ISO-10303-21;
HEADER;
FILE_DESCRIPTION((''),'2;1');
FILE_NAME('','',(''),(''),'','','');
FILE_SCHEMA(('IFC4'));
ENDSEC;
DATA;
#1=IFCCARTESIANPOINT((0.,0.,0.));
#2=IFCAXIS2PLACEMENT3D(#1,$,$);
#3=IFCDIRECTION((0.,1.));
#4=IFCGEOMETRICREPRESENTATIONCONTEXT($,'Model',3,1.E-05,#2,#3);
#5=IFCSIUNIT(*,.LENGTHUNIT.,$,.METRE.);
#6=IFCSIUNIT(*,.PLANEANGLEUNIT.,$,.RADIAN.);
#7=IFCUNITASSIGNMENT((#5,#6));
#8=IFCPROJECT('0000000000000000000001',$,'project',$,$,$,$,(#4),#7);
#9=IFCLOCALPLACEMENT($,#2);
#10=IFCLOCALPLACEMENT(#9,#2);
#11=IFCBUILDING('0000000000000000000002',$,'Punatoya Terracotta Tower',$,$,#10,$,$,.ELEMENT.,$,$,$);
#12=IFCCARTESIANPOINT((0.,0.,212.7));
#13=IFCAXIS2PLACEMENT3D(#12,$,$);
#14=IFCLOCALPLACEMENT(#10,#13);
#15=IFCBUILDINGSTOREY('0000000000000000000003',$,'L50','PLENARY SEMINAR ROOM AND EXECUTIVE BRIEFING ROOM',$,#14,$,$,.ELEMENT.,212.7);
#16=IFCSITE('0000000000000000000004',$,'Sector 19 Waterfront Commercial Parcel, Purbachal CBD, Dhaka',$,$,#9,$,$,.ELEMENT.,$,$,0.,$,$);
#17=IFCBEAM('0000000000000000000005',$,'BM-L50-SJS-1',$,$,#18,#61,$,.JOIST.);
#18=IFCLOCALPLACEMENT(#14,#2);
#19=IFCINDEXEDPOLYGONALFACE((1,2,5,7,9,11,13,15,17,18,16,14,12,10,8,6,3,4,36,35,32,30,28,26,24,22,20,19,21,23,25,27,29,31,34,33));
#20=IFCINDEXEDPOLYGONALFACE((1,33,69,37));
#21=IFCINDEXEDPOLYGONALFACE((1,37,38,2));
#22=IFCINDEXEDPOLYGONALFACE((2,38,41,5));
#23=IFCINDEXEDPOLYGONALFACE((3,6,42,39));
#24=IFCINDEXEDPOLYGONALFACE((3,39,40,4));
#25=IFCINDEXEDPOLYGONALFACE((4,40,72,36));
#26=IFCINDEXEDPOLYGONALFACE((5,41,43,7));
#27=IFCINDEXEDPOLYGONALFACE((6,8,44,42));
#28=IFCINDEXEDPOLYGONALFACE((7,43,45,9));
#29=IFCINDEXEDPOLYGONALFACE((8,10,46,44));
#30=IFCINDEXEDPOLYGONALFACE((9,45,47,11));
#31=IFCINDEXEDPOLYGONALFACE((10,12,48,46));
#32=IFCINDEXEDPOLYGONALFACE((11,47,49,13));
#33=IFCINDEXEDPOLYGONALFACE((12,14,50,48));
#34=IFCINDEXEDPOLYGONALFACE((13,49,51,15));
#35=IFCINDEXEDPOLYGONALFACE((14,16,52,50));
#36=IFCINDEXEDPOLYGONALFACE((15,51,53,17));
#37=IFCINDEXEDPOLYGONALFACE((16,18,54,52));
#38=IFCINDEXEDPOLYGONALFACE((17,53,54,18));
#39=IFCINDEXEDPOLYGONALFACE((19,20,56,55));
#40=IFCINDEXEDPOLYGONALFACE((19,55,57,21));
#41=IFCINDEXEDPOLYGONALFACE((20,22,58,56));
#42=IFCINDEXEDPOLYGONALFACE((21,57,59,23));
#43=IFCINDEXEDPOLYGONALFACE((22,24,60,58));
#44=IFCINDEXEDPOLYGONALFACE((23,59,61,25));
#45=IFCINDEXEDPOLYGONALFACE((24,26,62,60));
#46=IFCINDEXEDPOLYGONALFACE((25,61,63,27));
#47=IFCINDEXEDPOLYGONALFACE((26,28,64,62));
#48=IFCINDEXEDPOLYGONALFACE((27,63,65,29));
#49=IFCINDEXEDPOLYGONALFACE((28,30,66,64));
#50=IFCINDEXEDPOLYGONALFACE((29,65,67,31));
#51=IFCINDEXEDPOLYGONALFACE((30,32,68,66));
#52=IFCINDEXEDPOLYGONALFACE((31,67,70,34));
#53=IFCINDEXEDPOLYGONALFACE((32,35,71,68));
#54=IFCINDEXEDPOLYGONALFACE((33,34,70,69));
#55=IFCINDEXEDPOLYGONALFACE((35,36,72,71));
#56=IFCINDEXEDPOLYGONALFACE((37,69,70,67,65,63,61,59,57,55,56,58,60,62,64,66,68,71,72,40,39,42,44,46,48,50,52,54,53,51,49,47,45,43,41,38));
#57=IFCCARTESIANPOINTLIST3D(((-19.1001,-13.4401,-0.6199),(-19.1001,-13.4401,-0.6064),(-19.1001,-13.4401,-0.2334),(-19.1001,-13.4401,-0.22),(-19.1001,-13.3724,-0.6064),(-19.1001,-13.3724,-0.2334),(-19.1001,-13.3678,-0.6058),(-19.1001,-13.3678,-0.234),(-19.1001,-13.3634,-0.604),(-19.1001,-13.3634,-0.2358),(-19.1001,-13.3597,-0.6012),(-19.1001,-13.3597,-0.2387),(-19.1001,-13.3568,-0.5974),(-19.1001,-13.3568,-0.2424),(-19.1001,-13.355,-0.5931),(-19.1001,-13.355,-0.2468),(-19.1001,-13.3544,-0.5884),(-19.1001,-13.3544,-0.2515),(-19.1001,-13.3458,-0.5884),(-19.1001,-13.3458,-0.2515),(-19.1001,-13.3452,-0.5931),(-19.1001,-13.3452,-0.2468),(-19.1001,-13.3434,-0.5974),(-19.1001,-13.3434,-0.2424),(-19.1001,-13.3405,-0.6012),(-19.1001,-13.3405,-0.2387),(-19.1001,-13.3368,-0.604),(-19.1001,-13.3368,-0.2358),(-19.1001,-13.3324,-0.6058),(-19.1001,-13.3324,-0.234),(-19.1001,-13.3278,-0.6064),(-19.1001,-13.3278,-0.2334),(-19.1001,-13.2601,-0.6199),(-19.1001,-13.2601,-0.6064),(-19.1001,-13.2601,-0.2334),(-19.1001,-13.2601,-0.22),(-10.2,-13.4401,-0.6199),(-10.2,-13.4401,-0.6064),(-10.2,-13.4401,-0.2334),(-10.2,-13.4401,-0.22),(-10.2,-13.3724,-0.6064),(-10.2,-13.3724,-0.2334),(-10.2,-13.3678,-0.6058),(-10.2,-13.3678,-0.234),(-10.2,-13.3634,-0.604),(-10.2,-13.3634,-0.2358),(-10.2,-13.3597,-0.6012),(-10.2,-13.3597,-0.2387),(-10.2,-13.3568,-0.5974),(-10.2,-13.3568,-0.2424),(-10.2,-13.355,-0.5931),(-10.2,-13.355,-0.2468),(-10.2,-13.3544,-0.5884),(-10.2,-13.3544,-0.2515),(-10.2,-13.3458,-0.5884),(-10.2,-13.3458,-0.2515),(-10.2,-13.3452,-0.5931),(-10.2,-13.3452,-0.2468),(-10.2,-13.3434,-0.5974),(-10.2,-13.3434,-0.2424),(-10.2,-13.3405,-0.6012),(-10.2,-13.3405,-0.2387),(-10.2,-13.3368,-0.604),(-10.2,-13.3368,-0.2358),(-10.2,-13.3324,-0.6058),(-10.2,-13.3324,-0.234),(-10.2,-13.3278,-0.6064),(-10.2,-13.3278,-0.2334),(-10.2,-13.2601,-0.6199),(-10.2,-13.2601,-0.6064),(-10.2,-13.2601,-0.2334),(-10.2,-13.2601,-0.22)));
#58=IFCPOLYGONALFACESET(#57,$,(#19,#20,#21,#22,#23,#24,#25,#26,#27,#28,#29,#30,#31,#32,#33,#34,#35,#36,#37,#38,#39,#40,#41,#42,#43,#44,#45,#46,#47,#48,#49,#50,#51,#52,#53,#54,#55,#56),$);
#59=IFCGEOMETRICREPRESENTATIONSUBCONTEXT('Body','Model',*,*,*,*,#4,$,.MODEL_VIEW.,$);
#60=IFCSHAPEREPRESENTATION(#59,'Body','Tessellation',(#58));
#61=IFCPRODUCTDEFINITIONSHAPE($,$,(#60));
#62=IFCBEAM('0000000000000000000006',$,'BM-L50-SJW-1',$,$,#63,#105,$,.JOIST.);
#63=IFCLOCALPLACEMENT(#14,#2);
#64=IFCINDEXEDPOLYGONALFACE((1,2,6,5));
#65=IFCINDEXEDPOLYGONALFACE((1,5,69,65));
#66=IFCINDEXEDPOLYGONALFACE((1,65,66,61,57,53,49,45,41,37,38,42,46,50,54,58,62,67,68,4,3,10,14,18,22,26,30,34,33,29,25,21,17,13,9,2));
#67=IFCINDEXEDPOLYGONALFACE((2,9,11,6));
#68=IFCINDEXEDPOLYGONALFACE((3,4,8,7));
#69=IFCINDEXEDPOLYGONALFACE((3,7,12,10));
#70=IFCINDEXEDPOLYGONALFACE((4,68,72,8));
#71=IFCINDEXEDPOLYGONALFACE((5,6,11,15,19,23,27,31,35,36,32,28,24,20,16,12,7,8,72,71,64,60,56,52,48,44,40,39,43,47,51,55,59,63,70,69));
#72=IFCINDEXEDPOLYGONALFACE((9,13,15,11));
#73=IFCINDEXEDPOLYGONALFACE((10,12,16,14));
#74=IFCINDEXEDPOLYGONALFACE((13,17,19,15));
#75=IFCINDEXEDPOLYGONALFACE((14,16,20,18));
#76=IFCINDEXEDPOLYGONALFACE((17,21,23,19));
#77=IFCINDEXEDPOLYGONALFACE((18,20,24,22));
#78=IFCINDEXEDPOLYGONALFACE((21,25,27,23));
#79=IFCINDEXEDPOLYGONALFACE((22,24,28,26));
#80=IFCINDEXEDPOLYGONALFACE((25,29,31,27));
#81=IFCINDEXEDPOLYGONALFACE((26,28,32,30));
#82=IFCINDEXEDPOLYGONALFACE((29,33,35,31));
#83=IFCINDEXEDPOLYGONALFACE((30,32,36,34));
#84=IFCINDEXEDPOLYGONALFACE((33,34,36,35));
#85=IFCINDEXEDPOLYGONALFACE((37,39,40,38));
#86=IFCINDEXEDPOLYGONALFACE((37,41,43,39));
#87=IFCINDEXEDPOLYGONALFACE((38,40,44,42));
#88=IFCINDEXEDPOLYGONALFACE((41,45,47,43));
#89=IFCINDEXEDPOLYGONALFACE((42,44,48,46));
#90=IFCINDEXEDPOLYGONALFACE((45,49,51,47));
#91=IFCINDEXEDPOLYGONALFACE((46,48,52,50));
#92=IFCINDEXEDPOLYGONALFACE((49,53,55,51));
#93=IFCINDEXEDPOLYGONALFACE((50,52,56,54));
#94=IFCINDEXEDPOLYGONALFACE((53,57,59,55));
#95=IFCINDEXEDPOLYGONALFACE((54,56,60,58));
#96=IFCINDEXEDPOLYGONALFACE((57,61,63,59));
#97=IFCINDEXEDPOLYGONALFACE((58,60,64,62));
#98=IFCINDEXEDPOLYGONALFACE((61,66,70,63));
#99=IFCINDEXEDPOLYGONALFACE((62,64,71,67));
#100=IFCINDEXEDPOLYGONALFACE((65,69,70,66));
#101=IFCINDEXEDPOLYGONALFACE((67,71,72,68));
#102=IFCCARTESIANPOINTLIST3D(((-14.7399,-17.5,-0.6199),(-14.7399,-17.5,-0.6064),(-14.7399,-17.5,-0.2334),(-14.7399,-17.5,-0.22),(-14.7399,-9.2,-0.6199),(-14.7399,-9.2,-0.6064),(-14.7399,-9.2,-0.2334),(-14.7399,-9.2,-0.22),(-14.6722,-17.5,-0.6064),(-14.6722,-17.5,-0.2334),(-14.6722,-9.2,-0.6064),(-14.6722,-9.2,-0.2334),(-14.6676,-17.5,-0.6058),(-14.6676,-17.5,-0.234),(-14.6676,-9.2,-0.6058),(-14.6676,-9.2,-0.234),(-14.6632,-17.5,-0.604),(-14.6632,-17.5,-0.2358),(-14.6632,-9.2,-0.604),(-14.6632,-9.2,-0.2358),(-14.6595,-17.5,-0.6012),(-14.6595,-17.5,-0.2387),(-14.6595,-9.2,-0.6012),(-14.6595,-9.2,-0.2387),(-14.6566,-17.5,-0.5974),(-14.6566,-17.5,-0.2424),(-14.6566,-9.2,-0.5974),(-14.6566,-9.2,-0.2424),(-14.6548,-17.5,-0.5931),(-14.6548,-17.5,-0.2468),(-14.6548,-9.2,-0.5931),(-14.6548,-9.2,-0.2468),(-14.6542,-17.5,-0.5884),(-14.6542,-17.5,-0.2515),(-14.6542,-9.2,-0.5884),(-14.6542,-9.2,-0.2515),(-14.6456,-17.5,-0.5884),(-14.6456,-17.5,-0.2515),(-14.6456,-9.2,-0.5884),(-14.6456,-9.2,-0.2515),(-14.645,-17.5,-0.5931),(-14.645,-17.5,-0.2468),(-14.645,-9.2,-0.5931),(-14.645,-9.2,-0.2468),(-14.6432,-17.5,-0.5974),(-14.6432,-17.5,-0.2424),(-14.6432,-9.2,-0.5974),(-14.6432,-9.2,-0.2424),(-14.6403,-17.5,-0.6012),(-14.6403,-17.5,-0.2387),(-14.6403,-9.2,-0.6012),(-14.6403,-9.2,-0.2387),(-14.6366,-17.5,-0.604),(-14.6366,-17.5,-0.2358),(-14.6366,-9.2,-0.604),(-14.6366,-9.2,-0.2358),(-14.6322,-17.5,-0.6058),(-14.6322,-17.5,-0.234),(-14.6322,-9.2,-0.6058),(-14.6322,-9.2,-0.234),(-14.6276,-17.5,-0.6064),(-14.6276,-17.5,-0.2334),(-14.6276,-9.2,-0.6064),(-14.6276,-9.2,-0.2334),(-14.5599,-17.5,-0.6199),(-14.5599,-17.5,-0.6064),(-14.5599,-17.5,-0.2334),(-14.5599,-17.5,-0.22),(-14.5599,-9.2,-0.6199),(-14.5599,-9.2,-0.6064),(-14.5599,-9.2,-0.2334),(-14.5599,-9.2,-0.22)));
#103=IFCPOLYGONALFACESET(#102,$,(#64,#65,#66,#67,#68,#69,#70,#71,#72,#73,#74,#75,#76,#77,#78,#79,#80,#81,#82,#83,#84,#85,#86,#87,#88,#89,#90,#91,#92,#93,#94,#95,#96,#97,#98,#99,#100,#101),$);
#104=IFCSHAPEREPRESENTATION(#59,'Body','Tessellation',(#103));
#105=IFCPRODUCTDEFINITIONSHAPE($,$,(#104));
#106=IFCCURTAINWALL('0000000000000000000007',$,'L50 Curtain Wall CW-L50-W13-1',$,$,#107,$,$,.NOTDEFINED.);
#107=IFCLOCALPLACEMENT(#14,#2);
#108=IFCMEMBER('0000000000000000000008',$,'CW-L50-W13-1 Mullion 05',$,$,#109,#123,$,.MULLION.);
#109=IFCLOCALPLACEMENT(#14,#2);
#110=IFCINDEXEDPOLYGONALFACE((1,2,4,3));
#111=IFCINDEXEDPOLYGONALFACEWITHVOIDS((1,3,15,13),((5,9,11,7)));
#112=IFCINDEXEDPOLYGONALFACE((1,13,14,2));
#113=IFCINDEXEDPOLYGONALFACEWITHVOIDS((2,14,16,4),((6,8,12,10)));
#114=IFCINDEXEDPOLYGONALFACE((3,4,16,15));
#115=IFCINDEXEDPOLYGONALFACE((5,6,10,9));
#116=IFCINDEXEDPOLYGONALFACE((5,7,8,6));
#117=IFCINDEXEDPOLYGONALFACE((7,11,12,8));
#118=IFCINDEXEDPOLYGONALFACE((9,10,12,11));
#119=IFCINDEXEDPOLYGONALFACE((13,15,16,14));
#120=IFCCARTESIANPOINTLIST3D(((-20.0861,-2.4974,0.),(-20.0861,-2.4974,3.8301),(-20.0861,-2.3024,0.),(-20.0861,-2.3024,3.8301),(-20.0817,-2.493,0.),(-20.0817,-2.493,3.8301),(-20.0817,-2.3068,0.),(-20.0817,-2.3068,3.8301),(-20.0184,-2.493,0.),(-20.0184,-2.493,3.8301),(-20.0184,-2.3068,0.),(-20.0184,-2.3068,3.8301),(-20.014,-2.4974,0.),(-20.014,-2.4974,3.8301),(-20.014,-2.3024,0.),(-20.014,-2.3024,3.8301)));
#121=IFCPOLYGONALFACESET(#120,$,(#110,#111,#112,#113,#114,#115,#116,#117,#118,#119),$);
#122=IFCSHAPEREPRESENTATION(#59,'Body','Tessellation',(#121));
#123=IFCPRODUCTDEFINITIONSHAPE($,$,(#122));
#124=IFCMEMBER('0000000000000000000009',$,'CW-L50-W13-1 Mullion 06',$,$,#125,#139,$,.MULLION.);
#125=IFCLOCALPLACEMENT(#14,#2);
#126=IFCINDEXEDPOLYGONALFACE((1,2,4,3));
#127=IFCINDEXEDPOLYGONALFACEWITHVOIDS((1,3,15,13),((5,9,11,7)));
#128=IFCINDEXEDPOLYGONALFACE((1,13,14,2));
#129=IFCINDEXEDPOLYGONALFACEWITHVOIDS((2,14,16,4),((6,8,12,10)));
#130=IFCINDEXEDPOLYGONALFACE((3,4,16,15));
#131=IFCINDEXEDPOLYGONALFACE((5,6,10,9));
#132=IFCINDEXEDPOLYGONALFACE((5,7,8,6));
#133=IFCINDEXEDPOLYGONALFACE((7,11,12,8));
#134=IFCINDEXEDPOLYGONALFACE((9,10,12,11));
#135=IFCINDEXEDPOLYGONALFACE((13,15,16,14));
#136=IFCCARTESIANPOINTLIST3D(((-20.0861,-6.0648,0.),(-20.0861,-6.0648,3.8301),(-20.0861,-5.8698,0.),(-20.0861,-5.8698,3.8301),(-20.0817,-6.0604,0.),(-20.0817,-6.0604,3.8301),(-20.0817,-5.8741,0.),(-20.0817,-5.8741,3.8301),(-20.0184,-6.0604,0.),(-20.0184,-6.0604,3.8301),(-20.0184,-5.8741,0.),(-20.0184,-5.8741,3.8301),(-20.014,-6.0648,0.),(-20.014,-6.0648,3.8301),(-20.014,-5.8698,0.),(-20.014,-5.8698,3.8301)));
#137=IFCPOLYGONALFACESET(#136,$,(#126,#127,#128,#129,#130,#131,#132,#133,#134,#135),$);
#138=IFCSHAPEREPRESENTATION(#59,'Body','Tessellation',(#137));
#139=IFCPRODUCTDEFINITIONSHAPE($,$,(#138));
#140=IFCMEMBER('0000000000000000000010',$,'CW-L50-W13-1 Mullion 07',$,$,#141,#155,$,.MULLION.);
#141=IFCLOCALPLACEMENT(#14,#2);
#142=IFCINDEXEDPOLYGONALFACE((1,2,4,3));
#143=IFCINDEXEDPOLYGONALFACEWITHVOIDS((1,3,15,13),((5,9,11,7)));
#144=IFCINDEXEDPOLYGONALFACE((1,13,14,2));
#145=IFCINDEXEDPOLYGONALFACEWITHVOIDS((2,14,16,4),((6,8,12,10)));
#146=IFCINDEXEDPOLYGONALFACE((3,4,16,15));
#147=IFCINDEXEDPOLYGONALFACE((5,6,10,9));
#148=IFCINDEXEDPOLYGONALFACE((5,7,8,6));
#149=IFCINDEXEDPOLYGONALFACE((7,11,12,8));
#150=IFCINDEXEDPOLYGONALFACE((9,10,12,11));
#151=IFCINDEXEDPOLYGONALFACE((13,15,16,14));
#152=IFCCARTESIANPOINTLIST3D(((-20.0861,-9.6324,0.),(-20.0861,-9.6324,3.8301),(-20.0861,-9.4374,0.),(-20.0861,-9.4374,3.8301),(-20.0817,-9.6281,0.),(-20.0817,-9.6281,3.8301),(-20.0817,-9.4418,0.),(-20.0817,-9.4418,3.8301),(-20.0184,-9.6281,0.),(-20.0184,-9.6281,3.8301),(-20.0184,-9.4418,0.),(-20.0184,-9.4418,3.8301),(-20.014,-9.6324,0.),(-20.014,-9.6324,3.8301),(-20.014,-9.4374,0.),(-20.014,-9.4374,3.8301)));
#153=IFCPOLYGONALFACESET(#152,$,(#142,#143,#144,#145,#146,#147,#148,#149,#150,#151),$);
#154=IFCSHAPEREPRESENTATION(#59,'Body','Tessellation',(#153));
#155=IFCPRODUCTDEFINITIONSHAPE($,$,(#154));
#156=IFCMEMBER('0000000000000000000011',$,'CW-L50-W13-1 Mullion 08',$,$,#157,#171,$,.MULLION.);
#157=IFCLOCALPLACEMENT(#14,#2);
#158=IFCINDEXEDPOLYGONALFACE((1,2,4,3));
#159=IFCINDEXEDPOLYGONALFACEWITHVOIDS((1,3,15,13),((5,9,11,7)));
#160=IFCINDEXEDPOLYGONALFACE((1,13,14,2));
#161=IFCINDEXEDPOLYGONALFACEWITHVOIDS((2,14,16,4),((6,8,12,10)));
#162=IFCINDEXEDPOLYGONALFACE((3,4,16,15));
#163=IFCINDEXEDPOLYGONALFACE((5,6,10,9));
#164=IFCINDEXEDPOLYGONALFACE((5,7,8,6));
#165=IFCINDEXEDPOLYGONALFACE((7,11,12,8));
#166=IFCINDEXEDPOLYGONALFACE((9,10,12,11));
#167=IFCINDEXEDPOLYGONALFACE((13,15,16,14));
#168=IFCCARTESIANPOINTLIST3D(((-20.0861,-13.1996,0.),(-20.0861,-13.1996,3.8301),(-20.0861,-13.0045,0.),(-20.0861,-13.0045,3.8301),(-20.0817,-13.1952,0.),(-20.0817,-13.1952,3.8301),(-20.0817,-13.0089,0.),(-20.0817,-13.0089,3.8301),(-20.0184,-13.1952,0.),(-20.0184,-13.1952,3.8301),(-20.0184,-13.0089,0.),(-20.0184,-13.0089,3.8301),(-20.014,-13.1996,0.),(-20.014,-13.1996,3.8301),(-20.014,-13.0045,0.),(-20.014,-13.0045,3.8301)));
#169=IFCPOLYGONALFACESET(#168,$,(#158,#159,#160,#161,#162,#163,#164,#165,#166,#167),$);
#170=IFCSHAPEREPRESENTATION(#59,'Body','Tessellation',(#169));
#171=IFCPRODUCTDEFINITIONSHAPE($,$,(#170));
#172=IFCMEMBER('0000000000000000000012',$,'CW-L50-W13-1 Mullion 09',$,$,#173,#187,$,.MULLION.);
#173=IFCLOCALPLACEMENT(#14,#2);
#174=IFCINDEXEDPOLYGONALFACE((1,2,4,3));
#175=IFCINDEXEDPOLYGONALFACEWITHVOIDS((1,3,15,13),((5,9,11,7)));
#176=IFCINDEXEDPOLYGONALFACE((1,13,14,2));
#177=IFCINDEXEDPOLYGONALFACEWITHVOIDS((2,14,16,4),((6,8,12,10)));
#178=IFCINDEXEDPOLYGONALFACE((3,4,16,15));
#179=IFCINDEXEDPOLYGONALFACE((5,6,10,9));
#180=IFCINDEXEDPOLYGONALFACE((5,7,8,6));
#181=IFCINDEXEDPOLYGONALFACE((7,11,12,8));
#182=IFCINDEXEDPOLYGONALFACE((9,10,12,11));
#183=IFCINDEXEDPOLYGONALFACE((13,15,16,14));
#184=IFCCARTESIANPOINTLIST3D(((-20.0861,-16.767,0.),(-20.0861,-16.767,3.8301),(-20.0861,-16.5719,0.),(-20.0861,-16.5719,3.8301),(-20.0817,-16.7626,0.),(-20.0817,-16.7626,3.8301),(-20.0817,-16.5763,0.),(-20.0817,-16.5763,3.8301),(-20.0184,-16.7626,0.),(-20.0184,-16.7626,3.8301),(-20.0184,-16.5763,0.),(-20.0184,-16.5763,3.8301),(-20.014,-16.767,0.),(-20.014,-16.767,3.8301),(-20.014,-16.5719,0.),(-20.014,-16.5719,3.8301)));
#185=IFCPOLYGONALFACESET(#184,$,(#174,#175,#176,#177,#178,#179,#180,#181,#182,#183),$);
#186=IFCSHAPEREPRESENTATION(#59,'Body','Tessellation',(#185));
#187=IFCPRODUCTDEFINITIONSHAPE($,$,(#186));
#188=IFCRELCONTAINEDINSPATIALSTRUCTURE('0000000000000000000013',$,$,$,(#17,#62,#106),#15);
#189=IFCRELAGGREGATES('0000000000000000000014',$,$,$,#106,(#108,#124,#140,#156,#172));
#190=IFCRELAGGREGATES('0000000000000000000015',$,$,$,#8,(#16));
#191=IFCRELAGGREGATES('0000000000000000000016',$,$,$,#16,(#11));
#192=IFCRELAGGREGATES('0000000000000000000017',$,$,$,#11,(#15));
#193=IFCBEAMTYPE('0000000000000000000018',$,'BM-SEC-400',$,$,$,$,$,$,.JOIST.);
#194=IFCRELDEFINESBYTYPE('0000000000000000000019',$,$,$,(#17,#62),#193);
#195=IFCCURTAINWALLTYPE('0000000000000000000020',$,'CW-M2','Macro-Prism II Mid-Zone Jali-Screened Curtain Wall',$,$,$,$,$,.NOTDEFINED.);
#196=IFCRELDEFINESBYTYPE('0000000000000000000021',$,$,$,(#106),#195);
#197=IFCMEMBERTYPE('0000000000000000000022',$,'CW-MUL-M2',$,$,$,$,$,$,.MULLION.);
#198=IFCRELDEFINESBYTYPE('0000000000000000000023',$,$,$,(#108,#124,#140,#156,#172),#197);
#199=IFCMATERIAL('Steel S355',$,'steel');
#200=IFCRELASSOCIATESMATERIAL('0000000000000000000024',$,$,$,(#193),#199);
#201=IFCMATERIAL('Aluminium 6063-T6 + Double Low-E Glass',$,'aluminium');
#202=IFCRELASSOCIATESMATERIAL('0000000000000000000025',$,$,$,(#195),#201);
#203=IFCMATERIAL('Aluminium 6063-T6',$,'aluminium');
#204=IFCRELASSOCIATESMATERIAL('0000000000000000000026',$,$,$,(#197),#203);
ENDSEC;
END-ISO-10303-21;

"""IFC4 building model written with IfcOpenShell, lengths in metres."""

from ifc_helpers import new_model, si_unit, direction, frame, origin, origin_2d, place, context, subcontext, project, spatial, hollow_rectangle, i_section, extrude, material, material_profile, profile_set, type_object, element, aggregate, save


model = new_model("IFC4")

# Units and contexts
model_context = context("Model", 3, precision=1e-05, world=origin(), true_north=direction((0.0, 1.0)))
body_context = subcontext(model_context, "Body", "Model", "MODEL_VIEW")
ifc_project = project(units=[si_unit("LENGTHUNIT", "METRE"), si_unit("PLANEANGLEUNIT", "RADIAN")], contexts=[model_context])

# Site, building, storey
site_placement = place(None, origin())
site = spatial("IfcSite", under=ifc_project, at=site_placement, Name="Sector 19 Waterfront Commercial Parcel, Purbachal CBD, Dhaka", CompositionType="ELEMENT", RefElevation=0.0)
building_placement = place(site_placement, origin())
building = spatial("IfcBuilding", under=site, at=building_placement, Name="Punatoya Terracotta Tower", CompositionType="ELEMENT")
storey_placement = place(building_placement, frame((0.0, 0.0, 212.7)))
storey = spatial("IfcBuildingStorey", under=building, at=storey_placement, Name="L50", Description="PLENARY SEMINAR ROOM AND EXECUTIVE BRIEFING ROOM", CompositionType="ELEMENT", Elevation=212.7)

# Beams
ifc_material_1 = material(Name="Steel S355", Category="steel")
ifc_material_profile_1 = material_profile(ifc_material_1, i_section(OverallWidth=0.1799, OverallDepth=0.3999, WebThickness=0.0085, FlangeThickness=0.0134, FilletRadius=0.0181, at=origin_2d()))
ifc_profile_set_1 = profile_set([ifc_material_profile_1], Name="Steel S355")
beam_type_1 = type_object("IfcBeamType", Name="BM-SEC-400", PredefinedType="JOIST", material=ifc_profile_set_1)
beam_1_placement = place(storey_placement, frame((-19.1001, -13.3501, -0.4199), z_axis=(1.0, 0.0, 0.0), x_axis=(0.0, 1.0, 0.0)))
element("IfcBeam", 1, at=beam_1_placement, inside=storey, type_object=beam_type_1, Name="BM-L50-SJS-1", PredefinedType="JOIST", context=body_context, shape_type="SweptSolid", body=[
    extrude(i_section(OverallWidth=0.1799, OverallDepth=0.3999, WebThickness=0.0085, FlangeThickness=0.0134, FilletRadius=0.0181, at=origin_2d()), origin(), (0.0, 0.0, 1.0), 8.9001),
])
beam_2_placement = place(storey_placement, frame((-14.6499, -17.5, -0.4199), z_axis=(0.0, 1.0, 0.0), x_axis=(-1.0, 0.0, 0.0)))
element("IfcBeam", 2, at=beam_2_placement, inside=storey, type_object=beam_type_1, Name="BM-L50-SJW-1", PredefinedType="JOIST", context=body_context, shape_type="SweptSolid", body=[
    extrude(i_section(OverallWidth=0.1799, OverallDepth=0.3999, WebThickness=0.0085, FlangeThickness=0.0134, FilletRadius=0.0181, at=origin_2d()), origin(), (0.0, 0.0, 1.0), 8.3),
])

# Curtain wall, members
ifc_material_2 = material(Name="Aluminium 6063-T6 + Double Low-E Glass", Category="aluminium")
curtain_wall_type = type_object("IfcCurtainWallType", Name="CW-M2", Description="Macro-Prism II Mid-Zone Jali-Screened Curtain Wall", PredefinedType="NOTDEFINED", material=ifc_material_2)
curtain_wall_placement = place(storey_placement, origin())
curtain_wall = element("IfcCurtainWall", 3, at=curtain_wall_placement, inside=storey, type_object=curtain_wall_type, Name="L50 Curtain Wall CW-L50-W13-1", PredefinedType="NOTDEFINED")
ifc_material_3 = material(Name="Aluminium 6063-T6", Category="aluminium")
ifc_material_profile_2 = material_profile(ifc_material_3, hollow_rectangle(XDim=0.072, YDim=0.1951, WallThickness=0.0044, at=origin_2d()))
ifc_profile_set_2 = profile_set([ifc_material_profile_2], Name="Aluminium 6063-T6")
member_type = type_object("IfcMemberType", Name="CW-MUL-M2", PredefinedType="MULLION", material=ifc_profile_set_2)
member_1_placement = place(storey_placement, frame((-20.05, -2.3999, 0.0), z_axis=(0.0, 0.0, 1.0), x_axis=(1.0, 0.0, 0.0)))
member_1 = element("IfcMember", 4, at=member_1_placement, type_object=member_type, Name="CW-L50-W13-1 Mullion 05", PredefinedType="MULLION", context=body_context, shape_type="SweptSolid", body=[
    extrude(hollow_rectangle(XDim=0.072, YDim=0.1951, WallThickness=0.0044, at=origin_2d()), origin(), (0.0, 0.0, 1.0), 3.8301),
])
member_2_placement = place(storey_placement, frame((-20.05, -5.9673, 0.0), z_axis=(0.0, 0.0, 1.0), x_axis=(1.0, 0.0, 0.0)))
member_2 = element("IfcMember", 5, at=member_2_placement, type_object=member_type, Name="CW-L50-W13-1 Mullion 06", PredefinedType="MULLION", context=body_context, shape_type="SweptSolid", body=[
    extrude(hollow_rectangle(XDim=0.072, YDim=0.1951, WallThickness=0.0044, at=origin_2d()), origin(), (0.0, 0.0, 1.0), 3.8301),
])
member_3_placement = place(storey_placement, frame((-20.05, -9.5349, 0.0), z_axis=(0.0, 0.0, 1.0), x_axis=(1.0, 0.0, 0.0)))
member_3 = element("IfcMember", 6, at=member_3_placement, type_object=member_type, Name="CW-L50-W13-1 Mullion 07", PredefinedType="MULLION", context=body_context, shape_type="SweptSolid", body=[
    extrude(hollow_rectangle(XDim=0.072, YDim=0.1951, WallThickness=0.0044, at=origin_2d()), origin(), (0.0, 0.0, 1.0), 3.8301),
])
member_4_placement = place(storey_placement, frame((-20.05, -13.1021, 0.0), z_axis=(0.0, 0.0, 1.0), x_axis=(1.0, 0.0, 0.0)))
member_4 = element("IfcMember", 7, at=member_4_placement, type_object=member_type, Name="CW-L50-W13-1 Mullion 08", PredefinedType="MULLION", context=body_context, shape_type="SweptSolid", body=[
    extrude(hollow_rectangle(XDim=0.072, YDim=0.1951, WallThickness=0.0044, at=origin_2d()), origin(), (0.0, 0.0, 1.0), 3.8301),
])
member_5_placement = place(storey_placement, frame((-20.05, -16.6694, 0.0), z_axis=(0.0, 0.0, 1.0), x_axis=(1.0, 0.0, 0.0)))
member_5 = element("IfcMember", 8, at=member_5_placement, type_object=member_type, Name="CW-L50-W13-1 Mullion 09", PredefinedType="MULLION", context=body_context, shape_type="SweptSolid", body=[
    extrude(hollow_rectangle(XDim=0.072, YDim=0.1951, WallThickness=0.0044, at=origin_2d()), origin(), (0.0, 0.0, 1.0), 3.8301),
])
aggregate(curtain_wall, [member_1, member_2, member_3, member_4, member_5])

save(model, "model.ifc")
